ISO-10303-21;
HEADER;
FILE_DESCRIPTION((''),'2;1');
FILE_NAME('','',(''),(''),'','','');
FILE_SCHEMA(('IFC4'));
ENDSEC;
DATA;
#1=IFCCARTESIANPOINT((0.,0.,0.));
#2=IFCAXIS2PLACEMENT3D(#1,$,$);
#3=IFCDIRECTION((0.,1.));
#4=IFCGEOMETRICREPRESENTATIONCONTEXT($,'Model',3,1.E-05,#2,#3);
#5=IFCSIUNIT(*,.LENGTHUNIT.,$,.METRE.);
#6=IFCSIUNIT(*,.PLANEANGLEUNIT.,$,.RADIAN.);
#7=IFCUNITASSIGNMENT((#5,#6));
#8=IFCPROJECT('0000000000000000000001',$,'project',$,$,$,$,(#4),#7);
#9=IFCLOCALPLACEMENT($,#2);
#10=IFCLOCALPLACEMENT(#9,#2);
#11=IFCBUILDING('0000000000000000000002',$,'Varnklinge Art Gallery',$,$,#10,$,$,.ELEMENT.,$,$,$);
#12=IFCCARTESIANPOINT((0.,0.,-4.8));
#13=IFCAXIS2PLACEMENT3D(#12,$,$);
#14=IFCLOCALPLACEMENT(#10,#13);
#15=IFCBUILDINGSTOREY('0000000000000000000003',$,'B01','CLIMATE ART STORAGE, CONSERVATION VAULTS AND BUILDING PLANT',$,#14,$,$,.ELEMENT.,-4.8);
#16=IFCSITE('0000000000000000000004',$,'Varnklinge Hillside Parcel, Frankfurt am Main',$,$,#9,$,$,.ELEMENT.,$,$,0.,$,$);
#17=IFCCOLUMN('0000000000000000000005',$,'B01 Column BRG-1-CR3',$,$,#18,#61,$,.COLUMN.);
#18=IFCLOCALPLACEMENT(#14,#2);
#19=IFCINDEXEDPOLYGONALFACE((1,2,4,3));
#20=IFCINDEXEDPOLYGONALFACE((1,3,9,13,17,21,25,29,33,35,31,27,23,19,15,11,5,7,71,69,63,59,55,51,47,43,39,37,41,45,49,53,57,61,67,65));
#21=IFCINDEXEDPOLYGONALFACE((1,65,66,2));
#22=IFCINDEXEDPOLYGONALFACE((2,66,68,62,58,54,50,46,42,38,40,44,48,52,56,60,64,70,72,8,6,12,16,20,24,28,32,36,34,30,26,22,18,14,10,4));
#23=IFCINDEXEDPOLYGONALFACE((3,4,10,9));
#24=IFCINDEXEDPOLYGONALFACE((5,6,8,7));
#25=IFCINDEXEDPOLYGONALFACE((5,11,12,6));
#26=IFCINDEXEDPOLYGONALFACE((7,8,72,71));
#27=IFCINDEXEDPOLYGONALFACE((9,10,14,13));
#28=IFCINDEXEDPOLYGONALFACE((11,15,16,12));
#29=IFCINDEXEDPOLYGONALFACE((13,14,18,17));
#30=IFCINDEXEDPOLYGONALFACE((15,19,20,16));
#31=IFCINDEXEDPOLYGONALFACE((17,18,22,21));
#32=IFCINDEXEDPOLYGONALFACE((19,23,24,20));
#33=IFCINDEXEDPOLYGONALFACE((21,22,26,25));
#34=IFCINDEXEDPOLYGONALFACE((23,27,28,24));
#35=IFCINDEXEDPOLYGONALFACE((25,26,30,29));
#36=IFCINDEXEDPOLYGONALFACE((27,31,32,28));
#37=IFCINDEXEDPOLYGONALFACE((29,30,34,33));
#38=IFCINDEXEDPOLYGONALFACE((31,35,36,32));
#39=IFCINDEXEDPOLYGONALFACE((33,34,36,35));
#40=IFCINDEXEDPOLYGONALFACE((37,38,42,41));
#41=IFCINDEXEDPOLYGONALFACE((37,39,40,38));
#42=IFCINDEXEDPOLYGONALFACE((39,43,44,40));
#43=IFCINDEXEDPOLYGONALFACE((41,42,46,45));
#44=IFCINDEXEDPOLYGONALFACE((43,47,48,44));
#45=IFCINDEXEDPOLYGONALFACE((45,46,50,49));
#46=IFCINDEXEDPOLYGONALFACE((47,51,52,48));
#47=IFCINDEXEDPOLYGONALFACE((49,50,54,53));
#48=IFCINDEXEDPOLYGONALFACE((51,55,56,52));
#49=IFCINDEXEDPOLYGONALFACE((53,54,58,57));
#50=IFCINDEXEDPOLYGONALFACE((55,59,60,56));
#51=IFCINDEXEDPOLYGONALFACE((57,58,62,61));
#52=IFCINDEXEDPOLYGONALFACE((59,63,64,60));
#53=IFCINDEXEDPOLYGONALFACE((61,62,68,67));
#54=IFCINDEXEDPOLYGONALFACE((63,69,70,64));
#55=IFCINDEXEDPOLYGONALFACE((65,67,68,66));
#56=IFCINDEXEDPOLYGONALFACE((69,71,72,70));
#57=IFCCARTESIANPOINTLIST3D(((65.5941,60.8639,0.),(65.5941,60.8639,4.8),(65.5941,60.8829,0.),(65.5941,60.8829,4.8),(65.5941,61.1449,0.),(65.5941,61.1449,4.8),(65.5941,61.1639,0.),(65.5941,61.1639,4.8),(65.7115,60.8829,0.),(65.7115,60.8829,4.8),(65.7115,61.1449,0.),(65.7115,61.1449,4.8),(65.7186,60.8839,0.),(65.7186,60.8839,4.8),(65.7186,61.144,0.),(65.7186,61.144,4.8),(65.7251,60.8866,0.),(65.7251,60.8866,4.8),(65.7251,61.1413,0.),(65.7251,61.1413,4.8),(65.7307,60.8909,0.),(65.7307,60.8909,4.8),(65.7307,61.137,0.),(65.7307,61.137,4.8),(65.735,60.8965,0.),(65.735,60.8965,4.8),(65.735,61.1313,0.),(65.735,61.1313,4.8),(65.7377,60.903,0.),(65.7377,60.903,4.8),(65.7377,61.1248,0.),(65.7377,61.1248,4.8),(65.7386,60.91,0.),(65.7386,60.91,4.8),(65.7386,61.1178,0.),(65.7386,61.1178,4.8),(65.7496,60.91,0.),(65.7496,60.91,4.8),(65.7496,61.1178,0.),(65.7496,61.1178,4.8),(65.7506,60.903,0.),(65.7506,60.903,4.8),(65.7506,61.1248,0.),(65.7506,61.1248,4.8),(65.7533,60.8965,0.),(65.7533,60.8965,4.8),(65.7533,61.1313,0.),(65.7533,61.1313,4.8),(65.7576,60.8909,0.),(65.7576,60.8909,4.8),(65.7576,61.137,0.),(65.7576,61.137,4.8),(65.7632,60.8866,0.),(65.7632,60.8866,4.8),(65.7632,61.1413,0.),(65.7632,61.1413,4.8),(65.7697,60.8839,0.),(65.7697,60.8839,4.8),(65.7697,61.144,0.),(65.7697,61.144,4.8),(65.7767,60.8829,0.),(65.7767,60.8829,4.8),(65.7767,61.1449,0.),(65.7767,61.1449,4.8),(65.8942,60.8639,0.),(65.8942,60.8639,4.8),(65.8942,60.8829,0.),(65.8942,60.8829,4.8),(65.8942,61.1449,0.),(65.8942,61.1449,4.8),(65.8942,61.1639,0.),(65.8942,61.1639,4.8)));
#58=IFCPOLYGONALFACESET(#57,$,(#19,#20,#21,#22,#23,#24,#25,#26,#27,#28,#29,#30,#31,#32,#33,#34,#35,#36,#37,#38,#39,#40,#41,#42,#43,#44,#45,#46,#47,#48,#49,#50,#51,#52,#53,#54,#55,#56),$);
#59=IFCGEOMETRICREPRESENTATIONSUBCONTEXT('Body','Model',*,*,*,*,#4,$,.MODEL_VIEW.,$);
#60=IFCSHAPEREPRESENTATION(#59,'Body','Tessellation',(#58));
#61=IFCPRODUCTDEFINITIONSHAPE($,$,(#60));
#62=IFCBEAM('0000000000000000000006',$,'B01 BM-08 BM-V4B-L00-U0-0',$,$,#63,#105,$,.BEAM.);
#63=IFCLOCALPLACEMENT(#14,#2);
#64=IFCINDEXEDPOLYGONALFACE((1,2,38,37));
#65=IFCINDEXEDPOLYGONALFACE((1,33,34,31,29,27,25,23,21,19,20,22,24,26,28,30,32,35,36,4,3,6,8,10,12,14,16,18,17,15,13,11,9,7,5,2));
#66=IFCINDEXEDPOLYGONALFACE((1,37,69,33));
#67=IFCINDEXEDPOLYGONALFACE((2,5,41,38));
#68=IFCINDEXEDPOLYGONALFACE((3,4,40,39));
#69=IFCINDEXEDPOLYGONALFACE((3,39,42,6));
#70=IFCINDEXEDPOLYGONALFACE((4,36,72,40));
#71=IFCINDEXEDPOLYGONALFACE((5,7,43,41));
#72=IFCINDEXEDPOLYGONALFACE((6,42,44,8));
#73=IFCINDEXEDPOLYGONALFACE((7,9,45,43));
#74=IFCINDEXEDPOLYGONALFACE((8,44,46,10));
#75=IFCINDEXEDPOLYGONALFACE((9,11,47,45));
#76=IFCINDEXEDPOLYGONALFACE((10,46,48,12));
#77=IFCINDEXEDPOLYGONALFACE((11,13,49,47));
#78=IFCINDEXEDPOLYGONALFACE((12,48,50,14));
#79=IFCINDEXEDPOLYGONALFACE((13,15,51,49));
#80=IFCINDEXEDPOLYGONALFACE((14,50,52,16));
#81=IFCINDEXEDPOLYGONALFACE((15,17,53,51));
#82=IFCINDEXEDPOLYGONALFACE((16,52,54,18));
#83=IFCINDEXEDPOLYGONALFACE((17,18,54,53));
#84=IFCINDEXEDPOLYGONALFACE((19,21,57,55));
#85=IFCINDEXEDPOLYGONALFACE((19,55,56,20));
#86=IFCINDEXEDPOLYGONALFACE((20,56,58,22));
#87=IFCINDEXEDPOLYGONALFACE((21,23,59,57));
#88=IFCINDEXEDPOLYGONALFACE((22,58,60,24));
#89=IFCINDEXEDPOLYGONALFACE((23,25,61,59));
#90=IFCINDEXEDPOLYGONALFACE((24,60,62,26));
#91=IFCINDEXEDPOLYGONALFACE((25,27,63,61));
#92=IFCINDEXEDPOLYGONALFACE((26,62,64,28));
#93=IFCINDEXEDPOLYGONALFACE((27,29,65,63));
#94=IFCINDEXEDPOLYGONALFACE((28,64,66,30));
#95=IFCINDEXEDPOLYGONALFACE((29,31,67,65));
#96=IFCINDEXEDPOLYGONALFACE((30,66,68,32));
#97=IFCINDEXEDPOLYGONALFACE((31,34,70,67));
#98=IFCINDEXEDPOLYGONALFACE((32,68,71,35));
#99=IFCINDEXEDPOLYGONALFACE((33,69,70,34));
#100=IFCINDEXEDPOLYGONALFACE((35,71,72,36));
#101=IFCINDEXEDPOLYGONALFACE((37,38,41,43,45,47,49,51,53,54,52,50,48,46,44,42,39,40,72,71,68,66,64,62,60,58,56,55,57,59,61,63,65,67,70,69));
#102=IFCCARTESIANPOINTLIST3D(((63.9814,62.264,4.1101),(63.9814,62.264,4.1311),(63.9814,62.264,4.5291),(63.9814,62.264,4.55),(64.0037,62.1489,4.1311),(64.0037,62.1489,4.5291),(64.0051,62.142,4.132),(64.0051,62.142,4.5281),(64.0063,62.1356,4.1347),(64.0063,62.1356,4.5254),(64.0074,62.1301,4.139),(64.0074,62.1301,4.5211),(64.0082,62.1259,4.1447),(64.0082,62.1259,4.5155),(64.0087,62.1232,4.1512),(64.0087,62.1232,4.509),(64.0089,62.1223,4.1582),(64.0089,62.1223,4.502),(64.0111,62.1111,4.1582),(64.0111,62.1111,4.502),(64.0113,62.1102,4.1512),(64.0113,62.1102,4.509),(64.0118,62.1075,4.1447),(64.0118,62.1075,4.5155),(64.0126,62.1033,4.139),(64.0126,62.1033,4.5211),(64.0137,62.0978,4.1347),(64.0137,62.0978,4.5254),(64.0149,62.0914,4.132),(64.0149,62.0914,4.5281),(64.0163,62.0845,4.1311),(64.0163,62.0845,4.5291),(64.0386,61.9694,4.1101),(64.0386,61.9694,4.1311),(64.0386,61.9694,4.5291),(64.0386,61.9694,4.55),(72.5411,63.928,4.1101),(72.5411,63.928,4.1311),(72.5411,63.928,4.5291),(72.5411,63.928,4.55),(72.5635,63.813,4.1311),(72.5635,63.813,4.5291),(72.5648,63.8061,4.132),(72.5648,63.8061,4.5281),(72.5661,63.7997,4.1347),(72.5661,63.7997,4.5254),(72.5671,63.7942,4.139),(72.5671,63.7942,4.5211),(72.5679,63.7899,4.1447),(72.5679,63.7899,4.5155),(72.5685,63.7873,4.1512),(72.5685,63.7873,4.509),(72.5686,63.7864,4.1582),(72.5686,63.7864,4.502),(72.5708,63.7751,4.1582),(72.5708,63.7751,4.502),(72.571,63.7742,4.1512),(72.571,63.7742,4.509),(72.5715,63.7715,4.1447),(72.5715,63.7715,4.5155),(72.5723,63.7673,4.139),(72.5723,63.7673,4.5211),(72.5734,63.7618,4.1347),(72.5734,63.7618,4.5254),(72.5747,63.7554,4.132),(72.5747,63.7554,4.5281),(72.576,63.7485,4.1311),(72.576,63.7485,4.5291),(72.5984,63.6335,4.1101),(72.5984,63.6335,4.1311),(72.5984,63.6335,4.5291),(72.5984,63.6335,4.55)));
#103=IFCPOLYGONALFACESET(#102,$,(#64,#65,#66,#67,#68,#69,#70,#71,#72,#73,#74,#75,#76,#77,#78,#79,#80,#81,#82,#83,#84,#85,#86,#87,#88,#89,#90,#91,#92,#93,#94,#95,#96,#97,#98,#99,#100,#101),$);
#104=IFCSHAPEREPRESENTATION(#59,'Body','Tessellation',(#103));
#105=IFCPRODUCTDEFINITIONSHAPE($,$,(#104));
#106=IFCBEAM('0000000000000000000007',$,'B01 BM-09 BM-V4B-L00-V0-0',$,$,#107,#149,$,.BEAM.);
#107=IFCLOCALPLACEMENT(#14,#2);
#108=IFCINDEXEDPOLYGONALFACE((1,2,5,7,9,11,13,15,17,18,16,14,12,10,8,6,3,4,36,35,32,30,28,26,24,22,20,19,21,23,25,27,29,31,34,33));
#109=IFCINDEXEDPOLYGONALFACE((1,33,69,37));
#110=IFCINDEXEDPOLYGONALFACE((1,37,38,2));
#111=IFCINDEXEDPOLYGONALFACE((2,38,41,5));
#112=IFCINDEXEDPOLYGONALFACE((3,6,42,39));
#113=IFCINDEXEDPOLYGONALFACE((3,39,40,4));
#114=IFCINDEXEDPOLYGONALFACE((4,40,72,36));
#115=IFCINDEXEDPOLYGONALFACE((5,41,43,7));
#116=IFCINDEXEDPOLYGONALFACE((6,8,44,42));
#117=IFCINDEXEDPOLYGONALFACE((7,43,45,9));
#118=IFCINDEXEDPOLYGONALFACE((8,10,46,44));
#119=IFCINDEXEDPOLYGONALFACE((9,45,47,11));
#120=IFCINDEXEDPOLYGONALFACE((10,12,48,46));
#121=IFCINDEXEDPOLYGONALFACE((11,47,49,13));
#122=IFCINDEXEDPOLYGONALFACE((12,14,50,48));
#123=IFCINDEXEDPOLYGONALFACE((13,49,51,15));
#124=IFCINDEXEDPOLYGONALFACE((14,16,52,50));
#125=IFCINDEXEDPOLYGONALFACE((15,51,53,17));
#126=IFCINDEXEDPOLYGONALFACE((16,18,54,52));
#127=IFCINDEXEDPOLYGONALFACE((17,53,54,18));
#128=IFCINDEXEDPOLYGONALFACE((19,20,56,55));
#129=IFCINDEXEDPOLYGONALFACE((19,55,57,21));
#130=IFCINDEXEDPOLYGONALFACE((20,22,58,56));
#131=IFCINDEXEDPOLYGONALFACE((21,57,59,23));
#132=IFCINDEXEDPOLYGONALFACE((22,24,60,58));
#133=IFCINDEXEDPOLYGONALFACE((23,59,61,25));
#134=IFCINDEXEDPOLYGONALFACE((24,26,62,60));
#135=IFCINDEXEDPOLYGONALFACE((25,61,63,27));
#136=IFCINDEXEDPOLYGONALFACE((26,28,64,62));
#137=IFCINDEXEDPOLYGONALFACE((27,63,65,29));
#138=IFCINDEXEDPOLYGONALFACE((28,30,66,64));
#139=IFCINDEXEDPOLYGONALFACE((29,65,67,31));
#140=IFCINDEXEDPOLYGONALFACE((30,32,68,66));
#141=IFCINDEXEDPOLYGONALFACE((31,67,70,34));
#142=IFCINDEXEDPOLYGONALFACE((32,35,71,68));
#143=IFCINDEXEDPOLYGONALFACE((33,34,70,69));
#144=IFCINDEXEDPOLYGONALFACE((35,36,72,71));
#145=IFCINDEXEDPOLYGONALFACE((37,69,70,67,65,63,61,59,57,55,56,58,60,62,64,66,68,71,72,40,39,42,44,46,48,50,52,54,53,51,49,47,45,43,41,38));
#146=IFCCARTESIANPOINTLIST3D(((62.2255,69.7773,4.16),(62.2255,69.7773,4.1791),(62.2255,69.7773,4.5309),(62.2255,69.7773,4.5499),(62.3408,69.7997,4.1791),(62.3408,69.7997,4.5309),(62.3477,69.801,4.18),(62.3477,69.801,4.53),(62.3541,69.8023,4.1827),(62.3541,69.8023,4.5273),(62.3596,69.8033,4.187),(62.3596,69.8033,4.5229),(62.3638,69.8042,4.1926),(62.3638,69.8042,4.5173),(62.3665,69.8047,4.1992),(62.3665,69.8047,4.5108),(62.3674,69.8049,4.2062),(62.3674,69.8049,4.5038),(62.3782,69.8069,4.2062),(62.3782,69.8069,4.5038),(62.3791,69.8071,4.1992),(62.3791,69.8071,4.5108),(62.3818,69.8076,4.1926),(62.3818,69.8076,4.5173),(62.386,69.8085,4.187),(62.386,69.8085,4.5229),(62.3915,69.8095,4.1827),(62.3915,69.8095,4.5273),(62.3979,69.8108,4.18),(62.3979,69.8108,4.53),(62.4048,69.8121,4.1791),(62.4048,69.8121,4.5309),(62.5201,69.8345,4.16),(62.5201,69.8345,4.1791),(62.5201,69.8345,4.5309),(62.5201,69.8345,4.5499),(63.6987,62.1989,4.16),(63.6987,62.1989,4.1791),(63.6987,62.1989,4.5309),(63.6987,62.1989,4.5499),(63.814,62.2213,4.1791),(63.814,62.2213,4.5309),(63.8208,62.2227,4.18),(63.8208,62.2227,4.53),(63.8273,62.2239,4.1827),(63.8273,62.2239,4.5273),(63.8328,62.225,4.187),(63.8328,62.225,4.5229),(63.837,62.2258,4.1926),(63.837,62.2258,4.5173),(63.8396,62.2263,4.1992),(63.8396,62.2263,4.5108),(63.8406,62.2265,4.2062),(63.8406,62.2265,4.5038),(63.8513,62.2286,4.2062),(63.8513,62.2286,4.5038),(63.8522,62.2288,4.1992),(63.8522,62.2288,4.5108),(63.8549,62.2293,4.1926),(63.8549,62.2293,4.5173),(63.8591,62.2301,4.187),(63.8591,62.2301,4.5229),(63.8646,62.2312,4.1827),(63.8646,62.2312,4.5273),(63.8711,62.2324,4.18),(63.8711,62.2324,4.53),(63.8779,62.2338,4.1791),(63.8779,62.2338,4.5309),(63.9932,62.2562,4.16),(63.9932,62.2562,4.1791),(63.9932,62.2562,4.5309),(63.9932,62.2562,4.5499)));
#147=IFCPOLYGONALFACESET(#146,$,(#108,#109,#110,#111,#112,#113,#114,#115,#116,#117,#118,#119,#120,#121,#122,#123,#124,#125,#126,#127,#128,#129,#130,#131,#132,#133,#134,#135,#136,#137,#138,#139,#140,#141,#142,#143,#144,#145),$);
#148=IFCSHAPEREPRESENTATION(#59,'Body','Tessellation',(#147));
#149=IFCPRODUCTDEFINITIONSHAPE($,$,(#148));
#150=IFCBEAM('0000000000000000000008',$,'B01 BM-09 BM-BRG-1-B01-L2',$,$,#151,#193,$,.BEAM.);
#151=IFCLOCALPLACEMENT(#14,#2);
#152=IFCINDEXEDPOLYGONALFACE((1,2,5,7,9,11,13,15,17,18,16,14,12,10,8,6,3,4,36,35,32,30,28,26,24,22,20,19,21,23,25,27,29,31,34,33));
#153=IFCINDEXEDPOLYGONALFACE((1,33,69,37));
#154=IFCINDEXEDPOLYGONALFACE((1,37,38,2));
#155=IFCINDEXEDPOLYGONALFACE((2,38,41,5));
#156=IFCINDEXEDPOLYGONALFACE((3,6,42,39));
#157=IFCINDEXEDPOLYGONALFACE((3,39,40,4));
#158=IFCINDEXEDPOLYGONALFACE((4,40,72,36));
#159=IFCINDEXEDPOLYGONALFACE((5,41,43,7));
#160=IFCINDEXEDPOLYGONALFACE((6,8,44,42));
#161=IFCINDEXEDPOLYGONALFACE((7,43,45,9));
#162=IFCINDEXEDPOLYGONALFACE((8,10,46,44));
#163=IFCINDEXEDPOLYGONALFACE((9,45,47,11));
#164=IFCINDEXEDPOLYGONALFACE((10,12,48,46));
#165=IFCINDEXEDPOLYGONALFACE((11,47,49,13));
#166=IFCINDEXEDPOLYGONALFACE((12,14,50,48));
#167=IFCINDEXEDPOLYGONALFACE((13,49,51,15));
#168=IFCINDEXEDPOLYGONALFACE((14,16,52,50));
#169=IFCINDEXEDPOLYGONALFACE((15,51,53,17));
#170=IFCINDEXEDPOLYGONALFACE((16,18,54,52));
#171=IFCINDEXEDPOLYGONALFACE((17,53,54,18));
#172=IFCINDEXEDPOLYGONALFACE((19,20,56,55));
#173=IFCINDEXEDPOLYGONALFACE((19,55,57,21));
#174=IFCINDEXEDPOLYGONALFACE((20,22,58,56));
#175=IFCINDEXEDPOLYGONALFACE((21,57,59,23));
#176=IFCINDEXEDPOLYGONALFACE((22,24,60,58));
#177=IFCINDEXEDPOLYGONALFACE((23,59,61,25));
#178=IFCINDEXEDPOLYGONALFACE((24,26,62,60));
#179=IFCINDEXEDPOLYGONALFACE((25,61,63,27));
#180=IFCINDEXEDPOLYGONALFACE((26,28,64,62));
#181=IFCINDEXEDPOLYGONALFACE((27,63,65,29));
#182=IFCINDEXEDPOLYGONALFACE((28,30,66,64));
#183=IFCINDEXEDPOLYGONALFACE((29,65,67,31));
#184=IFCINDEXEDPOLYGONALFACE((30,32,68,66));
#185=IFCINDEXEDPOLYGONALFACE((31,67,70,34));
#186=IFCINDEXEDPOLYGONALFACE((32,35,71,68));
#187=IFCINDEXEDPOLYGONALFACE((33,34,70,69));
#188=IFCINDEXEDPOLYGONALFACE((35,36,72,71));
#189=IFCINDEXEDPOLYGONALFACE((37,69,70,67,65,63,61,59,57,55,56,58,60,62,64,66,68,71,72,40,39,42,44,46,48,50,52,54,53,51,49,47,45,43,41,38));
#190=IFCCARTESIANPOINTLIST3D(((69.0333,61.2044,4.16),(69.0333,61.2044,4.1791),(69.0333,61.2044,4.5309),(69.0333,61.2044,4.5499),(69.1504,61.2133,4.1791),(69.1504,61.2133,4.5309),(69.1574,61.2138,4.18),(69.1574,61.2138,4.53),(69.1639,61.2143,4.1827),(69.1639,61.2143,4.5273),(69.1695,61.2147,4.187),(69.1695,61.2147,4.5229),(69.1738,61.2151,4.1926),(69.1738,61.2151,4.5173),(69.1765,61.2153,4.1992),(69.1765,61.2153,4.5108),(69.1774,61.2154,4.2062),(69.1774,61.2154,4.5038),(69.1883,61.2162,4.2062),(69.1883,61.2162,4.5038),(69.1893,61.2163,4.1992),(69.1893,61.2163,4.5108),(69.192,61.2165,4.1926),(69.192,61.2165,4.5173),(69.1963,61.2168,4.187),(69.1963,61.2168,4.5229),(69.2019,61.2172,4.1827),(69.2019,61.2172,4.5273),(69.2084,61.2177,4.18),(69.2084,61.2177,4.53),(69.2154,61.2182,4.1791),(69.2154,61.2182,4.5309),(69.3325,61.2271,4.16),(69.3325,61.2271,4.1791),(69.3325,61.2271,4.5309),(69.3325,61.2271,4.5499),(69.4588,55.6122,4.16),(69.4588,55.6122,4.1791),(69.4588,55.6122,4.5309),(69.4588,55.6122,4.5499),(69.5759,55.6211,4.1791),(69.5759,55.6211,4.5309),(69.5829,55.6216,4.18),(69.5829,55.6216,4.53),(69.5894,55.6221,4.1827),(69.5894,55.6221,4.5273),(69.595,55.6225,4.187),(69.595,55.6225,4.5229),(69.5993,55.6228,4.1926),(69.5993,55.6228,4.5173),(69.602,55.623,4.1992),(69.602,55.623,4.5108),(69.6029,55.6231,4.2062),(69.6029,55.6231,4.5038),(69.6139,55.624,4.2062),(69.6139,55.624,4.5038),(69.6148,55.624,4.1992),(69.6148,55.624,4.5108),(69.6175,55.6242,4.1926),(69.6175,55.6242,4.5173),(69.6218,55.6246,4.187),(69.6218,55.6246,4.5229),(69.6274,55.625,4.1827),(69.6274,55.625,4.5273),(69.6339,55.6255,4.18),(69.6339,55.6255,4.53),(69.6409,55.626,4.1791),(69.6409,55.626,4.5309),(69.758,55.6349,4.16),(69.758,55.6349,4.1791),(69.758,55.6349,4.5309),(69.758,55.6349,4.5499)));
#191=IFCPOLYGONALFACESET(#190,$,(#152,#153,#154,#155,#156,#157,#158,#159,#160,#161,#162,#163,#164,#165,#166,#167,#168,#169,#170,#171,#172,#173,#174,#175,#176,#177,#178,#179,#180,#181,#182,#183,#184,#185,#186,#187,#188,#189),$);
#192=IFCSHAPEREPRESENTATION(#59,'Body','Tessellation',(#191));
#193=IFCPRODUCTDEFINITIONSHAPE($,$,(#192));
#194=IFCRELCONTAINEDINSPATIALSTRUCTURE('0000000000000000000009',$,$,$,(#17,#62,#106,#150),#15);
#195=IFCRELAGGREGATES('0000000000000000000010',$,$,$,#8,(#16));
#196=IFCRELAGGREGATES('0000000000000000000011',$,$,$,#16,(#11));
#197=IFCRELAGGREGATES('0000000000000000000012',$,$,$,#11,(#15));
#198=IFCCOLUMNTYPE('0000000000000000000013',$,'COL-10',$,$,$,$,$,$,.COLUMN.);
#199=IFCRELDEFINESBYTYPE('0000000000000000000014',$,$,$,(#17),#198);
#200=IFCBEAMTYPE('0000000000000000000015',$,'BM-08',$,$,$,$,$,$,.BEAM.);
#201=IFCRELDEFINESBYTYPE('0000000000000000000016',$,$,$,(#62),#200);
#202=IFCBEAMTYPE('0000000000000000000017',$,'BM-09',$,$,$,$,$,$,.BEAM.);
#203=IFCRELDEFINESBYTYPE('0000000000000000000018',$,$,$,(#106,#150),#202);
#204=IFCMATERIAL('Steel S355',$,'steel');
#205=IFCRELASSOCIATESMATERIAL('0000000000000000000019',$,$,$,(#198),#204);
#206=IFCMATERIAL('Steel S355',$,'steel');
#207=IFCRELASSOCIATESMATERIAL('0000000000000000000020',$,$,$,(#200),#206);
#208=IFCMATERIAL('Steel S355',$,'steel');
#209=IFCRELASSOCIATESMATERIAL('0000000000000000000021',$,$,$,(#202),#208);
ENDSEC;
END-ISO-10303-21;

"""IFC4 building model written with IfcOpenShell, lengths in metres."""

from ifc_helpers import new_model, si_unit, direction, frame, origin, origin_2d, place, context, subcontext, project, spatial, i_section, extrude, material, material_profile, profile_set, type_object, element, save


model = new_model("IFC4")

# Units and contexts
model_context = context("Model", 3, precision=1e-05, world=origin(), true_north=direction((0.0, 1.0)))
body_context = subcontext(model_context, "Body", "Model", "MODEL_VIEW")
ifc_project = project(units=[si_unit("LENGTHUNIT", "METRE"), si_unit("PLANEANGLEUNIT", "RADIAN")], contexts=[model_context])

# Site, building, storey
site_placement = place(None, origin())
site = spatial("IfcSite", under=ifc_project, at=site_placement, Name="Varnklinge Hillside Parcel, Frankfurt am Main", CompositionType="ELEMENT", RefElevation=0.0)
building_placement = place(site_placement, origin())
building = spatial("IfcBuilding", under=site, at=building_placement, Name="Varnklinge Art Gallery", CompositionType="ELEMENT")
storey_placement = place(building_placement, frame((0.0, 0.0, -4.8)))
storey = spatial("IfcBuildingStorey", under=building, at=storey_placement, Name="B01", Description="CLIMATE ART STORAGE, CONSERVATION VAULTS AND BUILDING PLANT", CompositionType="ELEMENT", Elevation=-4.8)

# Column
ifc_material_1 = material(Name="Steel S355", Category="steel")
ifc_material_profile_1 = material_profile(ifc_material_1, i_section(OverallWidth=0.3, OverallDepth=0.3, WebThickness=0.011, FlangeThickness=0.019, FilletRadius=0.0271, at=origin_2d()), Name="HEB 300")
ifc_profile_set_1 = profile_set([ifc_material_profile_1], Name="Steel S355")
column_type_1 = type_object("IfcColumnType", Name="COL-10", PredefinedType="COLUMN", material=ifc_profile_set_1)
for number, where, z_axis, x_axis, name in (
    (1, (65.7441, 61.0139, 0.0), (0.0, 0.0, 1.0), (1.0, 0.0, 0.0), "B01 Column BRG-1-CR3"),
):
    element("IfcColumn", number, at=place(storey_placement, frame(where, z_axis=z_axis, x_axis=x_axis)), inside=storey, type_object=column_type_1, Name=name, PredefinedType="COLUMN", context=body_context, shape_type="SweptSolid", body=[
        extrude(i_section(OverallWidth=0.3, OverallDepth=0.3, WebThickness=0.011, FlangeThickness=0.019, FilletRadius=0.0271, at=origin_2d()), origin(), (0.0, 0.0, 1.0), 4.8),
    ])

# Beams
ifc_material_2 = material(Name="Steel S355", Category="steel")
ifc_material_profile_2 = material_profile(ifc_material_2, i_section(OverallWidth=0.3, OverallDepth=0.4399, WebThickness=0.0115, FlangeThickness=0.021, FilletRadius=0.0271, at=origin_2d()), Name="HEA 450")
ifc_profile_set_2 = profile_set([ifc_material_profile_2], Name="Steel S355")
beam_type_1 = type_object("IfcBeamType", Name="BM-08", PredefinedType="BEAM", material=ifc_profile_set_2)
beam_1_placement = place(storey_placement, frame((64.01, 62.1167, 4.3301), z_axis=(0.981623, 0.190831, 0.0), x_axis=(-0.190831, 0.981623, 0.0)))
element("IfcBeam", 2, at=beam_1_placement, inside=storey, type_object=beam_type_1, Name="B01 BM-08 BM-V4B-L00-U0-0", PredefinedType="BEAM", context=body_context, shape_type="SweptSolid", body=[
    extrude(i_section(OverallWidth=0.3, OverallDepth=0.4399, WebThickness=0.0115, FlangeThickness=0.021, FilletRadius=0.0271, at=origin_2d()), origin(), (0.0, 0.0, 1.0), 8.72),
])
ifc_material_3 = material(Name="Steel S355", Category="steel")
ifc_material_profile_3 = material_profile(ifc_material_3, i_section(OverallWidth=0.3, OverallDepth=0.3899, WebThickness=0.011, FlangeThickness=0.019, FilletRadius=0.0271, at=origin_2d()), Name="HEA 400")
ifc_profile_set_3 = profile_set([ifc_material_profile_3], Name="Steel S355")
beam_type_2 = type_object("IfcBeamType", Name="BM-09", PredefinedType="BEAM", material=ifc_profile_set_3)
beam_2_placement = place(storey_placement, frame((63.8459, 62.2275, 4.355), z_axis=(-0.190816, 0.981626, 0.0), x_axis=(-0.981626, -0.190816, 0.0)))
element("IfcBeam", 3, at=beam_2_placement, inside=storey, type_object=beam_type_2, Name="B01 BM-09 BM-V4B-L00-V0-0", PredefinedType="BEAM", context=body_context, shape_type="SweptSolid", body=[
    extrude(i_section(OverallWidth=0.3, OverallDepth=0.3899, WebThickness=0.011, FlangeThickness=0.019, FilletRadius=0.0271, at=origin_2d()), origin(), (0.0, 0.0, 1.0), 7.7202),
])
beam_3_placement = place(storey_placement, frame((69.6084, 55.6235, 4.355), z_axis=(-0.075874, 0.997117, 0.0), x_axis=(-0.997117, -0.075874, 0.0)))
element("IfcBeam", 4, at=beam_3_placement, inside=storey, type_object=beam_type_2, Name="B01 BM-09 BM-BRG-1-B01-L2", PredefinedType="BEAM", context=body_context, shape_type="SweptSolid", body=[
    extrude(i_section(OverallWidth=0.3, OverallDepth=0.3899, WebThickness=0.011, FlangeThickness=0.019, FilletRadius=0.0271, at=origin_2d()), origin(), (0.0, 0.0, 1.0), 5.6084),
])

save(model, "model.ifc")
